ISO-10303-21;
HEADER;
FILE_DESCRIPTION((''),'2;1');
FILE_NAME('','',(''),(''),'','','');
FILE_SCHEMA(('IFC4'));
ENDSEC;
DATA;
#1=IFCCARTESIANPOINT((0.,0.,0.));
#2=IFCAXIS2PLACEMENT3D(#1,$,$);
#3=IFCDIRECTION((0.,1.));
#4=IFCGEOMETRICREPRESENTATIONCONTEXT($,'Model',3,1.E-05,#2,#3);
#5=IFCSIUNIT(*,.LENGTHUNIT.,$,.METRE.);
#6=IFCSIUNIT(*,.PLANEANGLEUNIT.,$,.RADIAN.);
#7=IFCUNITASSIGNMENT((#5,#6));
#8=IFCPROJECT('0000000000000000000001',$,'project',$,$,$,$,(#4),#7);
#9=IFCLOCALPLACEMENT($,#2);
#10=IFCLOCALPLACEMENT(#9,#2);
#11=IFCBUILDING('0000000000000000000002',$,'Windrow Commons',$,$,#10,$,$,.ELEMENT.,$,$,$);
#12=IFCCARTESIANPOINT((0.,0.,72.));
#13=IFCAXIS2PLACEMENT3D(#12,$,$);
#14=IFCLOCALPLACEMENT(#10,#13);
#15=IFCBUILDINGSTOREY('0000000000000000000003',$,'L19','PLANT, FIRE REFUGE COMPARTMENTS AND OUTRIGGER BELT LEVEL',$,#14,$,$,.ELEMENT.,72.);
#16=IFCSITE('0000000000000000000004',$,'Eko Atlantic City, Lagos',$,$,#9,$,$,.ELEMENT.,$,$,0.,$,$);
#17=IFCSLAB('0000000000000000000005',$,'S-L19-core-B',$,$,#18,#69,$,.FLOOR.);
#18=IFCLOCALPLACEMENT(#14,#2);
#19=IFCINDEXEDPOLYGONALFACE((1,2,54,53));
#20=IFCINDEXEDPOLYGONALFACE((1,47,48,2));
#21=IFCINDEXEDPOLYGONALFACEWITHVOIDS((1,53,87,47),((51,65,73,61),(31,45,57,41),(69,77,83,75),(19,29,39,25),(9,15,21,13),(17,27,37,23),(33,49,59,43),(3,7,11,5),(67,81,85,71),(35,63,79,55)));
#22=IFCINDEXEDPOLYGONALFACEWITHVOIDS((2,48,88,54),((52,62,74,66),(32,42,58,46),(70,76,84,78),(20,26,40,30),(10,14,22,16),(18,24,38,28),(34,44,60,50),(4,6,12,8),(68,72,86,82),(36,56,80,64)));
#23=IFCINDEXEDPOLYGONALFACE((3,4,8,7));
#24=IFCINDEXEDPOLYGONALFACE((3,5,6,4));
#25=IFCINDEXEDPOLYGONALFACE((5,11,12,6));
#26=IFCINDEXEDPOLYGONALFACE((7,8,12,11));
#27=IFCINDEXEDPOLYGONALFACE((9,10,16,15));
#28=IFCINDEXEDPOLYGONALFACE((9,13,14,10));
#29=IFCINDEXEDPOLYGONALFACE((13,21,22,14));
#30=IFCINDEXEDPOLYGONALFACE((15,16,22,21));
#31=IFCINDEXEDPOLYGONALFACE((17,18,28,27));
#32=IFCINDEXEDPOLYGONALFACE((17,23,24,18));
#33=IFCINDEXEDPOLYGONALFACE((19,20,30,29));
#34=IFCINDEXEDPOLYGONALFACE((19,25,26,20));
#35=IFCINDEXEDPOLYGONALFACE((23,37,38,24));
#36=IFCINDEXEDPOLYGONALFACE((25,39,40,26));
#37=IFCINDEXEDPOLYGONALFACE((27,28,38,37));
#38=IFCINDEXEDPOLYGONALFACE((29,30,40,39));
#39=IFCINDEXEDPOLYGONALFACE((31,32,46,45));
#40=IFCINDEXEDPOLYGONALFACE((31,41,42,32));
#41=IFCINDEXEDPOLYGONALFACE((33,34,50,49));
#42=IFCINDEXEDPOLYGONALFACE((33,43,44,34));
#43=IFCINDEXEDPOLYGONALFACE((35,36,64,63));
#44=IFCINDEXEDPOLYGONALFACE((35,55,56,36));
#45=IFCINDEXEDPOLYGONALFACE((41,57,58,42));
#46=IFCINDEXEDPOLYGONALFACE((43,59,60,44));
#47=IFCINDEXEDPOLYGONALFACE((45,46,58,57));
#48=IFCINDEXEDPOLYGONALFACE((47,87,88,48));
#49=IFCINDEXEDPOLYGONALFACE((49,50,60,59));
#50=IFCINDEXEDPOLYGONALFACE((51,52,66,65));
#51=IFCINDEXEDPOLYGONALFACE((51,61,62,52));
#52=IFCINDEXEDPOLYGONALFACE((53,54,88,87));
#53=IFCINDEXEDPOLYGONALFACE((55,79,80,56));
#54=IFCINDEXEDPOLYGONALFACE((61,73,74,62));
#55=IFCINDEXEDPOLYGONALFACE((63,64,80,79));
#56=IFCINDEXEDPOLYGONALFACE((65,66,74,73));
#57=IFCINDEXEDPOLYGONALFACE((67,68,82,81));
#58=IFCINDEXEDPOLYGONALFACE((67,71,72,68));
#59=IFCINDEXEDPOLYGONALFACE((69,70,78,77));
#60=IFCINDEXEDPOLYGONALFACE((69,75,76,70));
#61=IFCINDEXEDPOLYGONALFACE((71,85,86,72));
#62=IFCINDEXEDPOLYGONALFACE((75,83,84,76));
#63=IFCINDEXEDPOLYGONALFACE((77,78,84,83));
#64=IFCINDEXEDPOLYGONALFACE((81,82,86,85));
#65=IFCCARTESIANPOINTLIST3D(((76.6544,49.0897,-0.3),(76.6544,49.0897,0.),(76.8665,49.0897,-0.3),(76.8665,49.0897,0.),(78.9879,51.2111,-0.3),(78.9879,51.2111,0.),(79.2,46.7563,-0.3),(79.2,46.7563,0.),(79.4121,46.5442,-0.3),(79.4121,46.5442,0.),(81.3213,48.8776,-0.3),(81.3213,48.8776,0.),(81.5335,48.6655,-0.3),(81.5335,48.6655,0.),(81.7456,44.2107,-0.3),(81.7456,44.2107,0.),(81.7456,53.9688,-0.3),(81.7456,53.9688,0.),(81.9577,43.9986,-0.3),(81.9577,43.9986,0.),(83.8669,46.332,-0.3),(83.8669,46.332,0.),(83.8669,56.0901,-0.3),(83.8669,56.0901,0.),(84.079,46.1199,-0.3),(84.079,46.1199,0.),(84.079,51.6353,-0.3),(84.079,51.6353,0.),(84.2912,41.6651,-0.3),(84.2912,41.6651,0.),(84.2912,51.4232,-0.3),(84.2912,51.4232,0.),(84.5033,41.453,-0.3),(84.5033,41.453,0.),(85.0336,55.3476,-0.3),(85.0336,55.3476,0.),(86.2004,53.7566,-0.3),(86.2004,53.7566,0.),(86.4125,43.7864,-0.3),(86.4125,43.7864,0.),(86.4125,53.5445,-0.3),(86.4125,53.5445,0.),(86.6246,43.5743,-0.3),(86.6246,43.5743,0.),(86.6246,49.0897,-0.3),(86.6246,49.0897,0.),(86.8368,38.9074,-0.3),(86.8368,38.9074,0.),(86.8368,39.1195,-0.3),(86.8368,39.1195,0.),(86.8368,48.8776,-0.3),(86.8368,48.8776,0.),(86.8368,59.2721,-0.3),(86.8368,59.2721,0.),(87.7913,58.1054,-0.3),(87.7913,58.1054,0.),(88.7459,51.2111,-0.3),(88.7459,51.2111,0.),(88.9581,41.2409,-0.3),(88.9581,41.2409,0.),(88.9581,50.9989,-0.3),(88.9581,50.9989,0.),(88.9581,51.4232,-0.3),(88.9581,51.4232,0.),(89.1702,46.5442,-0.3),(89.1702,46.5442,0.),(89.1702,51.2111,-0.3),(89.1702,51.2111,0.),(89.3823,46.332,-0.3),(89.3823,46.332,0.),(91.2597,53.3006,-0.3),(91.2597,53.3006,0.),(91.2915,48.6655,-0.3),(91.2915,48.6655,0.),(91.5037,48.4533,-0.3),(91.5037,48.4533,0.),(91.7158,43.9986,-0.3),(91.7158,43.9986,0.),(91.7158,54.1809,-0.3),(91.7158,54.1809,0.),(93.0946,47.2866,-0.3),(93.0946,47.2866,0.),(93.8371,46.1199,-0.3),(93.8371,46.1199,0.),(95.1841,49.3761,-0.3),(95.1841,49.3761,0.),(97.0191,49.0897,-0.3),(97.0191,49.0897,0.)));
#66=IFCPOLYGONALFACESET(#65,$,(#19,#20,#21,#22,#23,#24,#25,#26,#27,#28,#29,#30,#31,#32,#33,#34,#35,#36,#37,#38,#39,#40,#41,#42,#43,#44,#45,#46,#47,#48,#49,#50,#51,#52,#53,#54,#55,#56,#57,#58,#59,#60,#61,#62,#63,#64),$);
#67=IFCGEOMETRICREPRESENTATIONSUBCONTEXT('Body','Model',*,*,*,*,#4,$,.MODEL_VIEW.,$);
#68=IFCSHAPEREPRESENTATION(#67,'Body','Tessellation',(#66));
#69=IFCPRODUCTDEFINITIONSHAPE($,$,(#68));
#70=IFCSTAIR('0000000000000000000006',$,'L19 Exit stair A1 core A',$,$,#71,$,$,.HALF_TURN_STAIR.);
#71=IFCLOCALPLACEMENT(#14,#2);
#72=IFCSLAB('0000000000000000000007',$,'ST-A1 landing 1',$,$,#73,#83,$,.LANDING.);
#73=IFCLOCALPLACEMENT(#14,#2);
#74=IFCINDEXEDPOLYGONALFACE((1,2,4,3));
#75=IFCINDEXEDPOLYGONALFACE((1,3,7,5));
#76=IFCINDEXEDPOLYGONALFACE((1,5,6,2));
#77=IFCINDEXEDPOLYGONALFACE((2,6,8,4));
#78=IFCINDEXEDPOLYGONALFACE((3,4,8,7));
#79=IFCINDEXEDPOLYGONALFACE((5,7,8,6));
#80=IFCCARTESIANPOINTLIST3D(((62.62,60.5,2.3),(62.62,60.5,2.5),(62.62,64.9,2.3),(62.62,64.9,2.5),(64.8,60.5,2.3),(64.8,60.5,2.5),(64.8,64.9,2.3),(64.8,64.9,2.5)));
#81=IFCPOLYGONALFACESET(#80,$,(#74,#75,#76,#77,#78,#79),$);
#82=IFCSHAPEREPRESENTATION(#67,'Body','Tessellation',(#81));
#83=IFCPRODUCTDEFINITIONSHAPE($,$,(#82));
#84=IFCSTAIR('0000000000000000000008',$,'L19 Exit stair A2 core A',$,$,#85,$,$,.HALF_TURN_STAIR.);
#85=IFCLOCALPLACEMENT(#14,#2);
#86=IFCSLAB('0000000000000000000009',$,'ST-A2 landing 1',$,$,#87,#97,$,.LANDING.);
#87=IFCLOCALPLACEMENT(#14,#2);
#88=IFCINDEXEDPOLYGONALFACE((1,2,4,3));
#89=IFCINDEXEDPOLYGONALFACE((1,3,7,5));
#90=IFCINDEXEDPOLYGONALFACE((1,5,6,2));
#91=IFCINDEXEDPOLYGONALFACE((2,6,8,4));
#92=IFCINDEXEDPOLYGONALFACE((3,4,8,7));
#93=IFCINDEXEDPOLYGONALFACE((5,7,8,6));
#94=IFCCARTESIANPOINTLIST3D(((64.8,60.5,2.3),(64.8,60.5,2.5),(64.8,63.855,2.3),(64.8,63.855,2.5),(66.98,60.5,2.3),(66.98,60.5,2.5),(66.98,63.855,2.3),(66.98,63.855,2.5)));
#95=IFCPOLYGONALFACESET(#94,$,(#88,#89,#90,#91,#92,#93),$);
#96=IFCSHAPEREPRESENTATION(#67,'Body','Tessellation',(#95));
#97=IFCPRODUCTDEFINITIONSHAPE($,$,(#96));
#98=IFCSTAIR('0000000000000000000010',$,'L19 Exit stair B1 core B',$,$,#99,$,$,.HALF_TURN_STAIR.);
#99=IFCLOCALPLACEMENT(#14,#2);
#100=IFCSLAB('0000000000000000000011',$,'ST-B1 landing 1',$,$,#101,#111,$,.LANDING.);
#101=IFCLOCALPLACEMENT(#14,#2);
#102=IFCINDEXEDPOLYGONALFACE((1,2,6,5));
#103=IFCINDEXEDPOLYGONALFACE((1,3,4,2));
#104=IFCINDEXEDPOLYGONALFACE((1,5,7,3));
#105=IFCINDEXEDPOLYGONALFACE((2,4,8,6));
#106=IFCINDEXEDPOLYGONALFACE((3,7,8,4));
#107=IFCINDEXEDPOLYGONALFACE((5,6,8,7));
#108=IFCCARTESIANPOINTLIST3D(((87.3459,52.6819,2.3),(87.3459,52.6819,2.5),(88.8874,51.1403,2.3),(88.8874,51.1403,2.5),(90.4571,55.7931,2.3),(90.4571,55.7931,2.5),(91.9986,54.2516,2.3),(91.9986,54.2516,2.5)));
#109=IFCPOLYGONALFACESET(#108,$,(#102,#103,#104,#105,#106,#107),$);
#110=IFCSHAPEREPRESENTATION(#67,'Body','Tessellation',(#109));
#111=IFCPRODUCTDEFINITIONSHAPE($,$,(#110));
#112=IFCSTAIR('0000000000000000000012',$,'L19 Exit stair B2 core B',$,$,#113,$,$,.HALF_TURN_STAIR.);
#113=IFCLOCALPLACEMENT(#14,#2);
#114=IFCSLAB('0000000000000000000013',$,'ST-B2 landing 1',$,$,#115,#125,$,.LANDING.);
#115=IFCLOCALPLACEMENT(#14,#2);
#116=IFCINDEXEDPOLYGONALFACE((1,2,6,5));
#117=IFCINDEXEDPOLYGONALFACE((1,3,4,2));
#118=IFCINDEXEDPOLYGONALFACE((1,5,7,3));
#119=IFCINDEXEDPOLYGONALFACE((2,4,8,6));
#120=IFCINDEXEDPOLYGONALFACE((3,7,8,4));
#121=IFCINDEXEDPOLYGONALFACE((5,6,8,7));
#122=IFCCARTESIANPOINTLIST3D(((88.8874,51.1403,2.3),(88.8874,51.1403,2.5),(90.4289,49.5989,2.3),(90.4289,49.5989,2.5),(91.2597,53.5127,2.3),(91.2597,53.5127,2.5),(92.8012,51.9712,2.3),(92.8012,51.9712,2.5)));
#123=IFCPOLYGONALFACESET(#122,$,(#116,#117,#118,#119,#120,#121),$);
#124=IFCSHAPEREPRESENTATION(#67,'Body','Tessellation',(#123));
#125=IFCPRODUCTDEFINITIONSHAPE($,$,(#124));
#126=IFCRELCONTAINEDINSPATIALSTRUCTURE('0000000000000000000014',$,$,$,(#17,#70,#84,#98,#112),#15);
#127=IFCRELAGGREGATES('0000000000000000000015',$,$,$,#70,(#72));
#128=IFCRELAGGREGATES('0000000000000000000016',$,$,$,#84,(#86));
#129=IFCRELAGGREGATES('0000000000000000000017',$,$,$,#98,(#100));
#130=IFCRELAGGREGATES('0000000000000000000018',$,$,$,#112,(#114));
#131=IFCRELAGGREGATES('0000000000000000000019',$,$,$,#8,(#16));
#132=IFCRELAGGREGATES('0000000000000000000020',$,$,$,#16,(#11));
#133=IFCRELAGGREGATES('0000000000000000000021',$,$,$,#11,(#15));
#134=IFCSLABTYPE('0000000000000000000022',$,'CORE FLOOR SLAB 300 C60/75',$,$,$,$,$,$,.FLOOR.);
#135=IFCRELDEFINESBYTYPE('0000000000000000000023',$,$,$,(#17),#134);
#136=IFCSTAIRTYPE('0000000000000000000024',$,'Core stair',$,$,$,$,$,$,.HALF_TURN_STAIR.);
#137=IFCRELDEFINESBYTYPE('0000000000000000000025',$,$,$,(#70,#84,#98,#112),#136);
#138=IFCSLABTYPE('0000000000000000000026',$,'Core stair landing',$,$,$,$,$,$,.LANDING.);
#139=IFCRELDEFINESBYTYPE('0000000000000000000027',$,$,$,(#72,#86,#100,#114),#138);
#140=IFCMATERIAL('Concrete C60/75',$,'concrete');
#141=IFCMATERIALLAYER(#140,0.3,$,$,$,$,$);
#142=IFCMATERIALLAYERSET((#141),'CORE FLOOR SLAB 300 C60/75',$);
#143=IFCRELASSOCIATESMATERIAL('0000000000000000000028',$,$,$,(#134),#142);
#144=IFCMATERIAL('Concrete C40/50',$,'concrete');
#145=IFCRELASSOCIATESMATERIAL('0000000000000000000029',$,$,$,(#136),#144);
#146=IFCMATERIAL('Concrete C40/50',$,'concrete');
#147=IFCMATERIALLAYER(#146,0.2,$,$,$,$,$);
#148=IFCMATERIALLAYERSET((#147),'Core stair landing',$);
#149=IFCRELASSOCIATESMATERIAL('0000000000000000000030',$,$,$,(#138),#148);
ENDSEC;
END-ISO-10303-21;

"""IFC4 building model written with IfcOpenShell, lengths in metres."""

from ifc_helpers import new_model, si_unit, direction, frame, origin, place, context, subcontext, project, spatial, polyline, outline, extrude, material, layer, layer_set, type_object, element, aggregate, save


model = new_model("IFC4")

# Units and contexts
model_context = context("Model", 3, precision=1e-05, world=origin(), true_north=direction((0.0, 1.0)))
body_context = subcontext(model_context, "Body", "Model", "MODEL_VIEW")
ifc_project = project(units=[si_unit("LENGTHUNIT", "METRE"), si_unit("PLANEANGLEUNIT", "RADIAN")], contexts=[model_context])

# Site, building, storey
site_placement = place(None, origin())
site = spatial("IfcSite", under=ifc_project, at=site_placement, Name="Eko Atlantic City, Lagos", CompositionType="ELEMENT", RefElevation=0.0)
building_placement = place(site_placement, origin())
building = spatial("IfcBuilding", under=site, at=building_placement, Name="Windrow Commons", CompositionType="ELEMENT")
storey_placement = place(building_placement, frame((0.0, 0.0, 72.0)))
storey = spatial("IfcBuildingStorey", under=building, at=storey_placement, Name="L19", Description="PLANT, FIRE REFUGE COMPARTMENTS AND OUTRIGGER BELT LEVEL", CompositionType="ELEMENT", Elevation=72.0)

# Slab, openings
ifc_material_1 = material(Name="Concrete C60/75", Category="concrete")
ifc_layer_1 = layer(ifc_material_1, 0.3)
ifc_layer_set_1 = layer_set([ifc_layer_1], Name="CORE FLOOR SLAB 300 C60/75")
slab_type_1 = type_object("IfcSlabType", Name="CORE FLOOR SLAB 300 C60/75", PredefinedType="FLOOR", material=ifc_layer_set_1)
placement_1 = place(storey_placement, frame((0.0, 0.0, -0.3)))
slab_1 = element("IfcSlab", 1, at=placement_1, inside=storey, type_object=slab_type_1, Name="S-L19-core-B", PredefinedType="FLOOR", context=body_context, shape_type="SweptSolid", body=[
    extrude(outline(polyline([(76.6544, 49.0897), (86.8368, 38.9074), (97.0191, 49.0897), (86.8368, 59.2721), (76.6544, 49.0897)]), holes=[polyline([(76.8665, 49.0897), (79.2, 46.7563), (81.3213, 48.8776), (78.9879, 51.2111), (76.8665, 49.0897)]), polyline([(79.4121, 46.5442), (81.7456, 44.2107), (83.8669, 46.332), (81.5335, 48.6655), (79.4121, 46.5442)]), polyline([(81.9577, 43.9986), (84.2912, 41.6651), (86.4125, 43.7864), (84.079, 46.1199), (81.9577, 43.9986)]), polyline([(84.5033, 41.453), (86.8368, 39.1195), (88.9581, 41.2409), (86.6246, 43.5743), (84.5033, 41.453)]), polyline([(81.7456, 53.9688), (84.079, 51.6353), (86.2004, 53.7566), (83.8669, 56.0901), (81.7456, 53.9688)]), polyline([(84.2912, 51.4232), (86.6246, 49.0897), (88.7459, 51.2111), (86.4125, 53.5445), (84.2912, 51.4232)]), polyline([(86.8368, 48.8776), (89.1702, 46.5442), (91.2915, 48.6655), (88.9581, 50.9989), (86.8368, 48.8776)]), polyline([(89.3823, 46.332), (91.7158, 43.9986), (93.8371, 46.1199), (91.5037, 48.4533), (89.3823, 46.332)]), polyline([(85.0336, 55.3476), (88.9581, 51.4232), (91.7158, 54.1809), (87.7913, 58.1054), (85.0336, 55.3476)]), polyline([(89.1702, 51.2111), (93.0946, 47.2866), (95.1841, 49.3761), (91.2597, 53.3006), (89.1702, 51.2111)])]), origin(), (0.0, 0.0, 1.0), 0.3),
])
opening_1_placement = place(placement_1, origin())
element("IfcOpeningElement", 2, at=opening_1_placement, cuts=slab_1, PredefinedType="OPENING", context=body_context, shape_type="SweptSolid", body=[
    extrude(outline(polyline([(76.8736, 49.0897), (78.9879, 51.204), (81.3142, 48.8776), (79.2, 46.7634), (76.8736, 49.0897)])), origin(), (0.0, 0.0, 1.0), 0.3),
])
opening_2_placement = place(placement_1, origin())
element("IfcOpeningElement", 3, at=opening_2_placement, cuts=slab_1, PredefinedType="OPENING", context=body_context, shape_type="SweptSolid", body=[
    extrude(outline(polyline([(79.4192, 46.5442), (81.5335, 48.6584), (83.8598, 46.332), (81.7456, 44.2178), (79.4192, 46.5442)])), origin(), (0.0, 0.0, 1.0), 0.3),
])
opening_3_placement = place(placement_1, origin())
element("IfcOpeningElement", 4, at=opening_3_placement, cuts=slab_1, PredefinedType="OPENING", context=body_context, shape_type="SweptSolid", body=[
    extrude(outline(polyline([(81.9648, 43.9986), (84.079, 46.1128), (86.4054, 43.7864), (84.2912, 41.6722), (81.9648, 43.9986)])), origin(), (0.0, 0.0, 1.0), 0.3),
])
opening_4_placement = place(placement_1, origin())
element("IfcOpeningElement", 5, at=opening_4_placement, cuts=slab_1, PredefinedType="OPENING", context=body_context, shape_type="SweptSolid", body=[
    extrude(outline(polyline([(84.5104, 41.453), (86.6246, 43.5672), (88.951, 41.2409), (86.8368, 39.1266), (84.5104, 41.453)])), origin(), (0.0, 0.0, 1.0), 0.3),
])
opening_5_placement = place(placement_1, origin())
element("IfcOpeningElement", 6, at=opening_5_placement, cuts=slab_1, PredefinedType="OPENING", context=body_context, shape_type="SweptSolid", body=[
    extrude(outline(polyline([(81.7527, 53.9688), (83.8669, 56.083), (86.1933, 53.7566), (84.079, 51.6424), (81.7527, 53.9688)])), origin(), (0.0, 0.0, 1.0), 0.3),
])
opening_6_placement = place(placement_1, origin())
element("IfcOpeningElement", 7, at=opening_6_placement, cuts=slab_1, PredefinedType="OPENING", context=body_context, shape_type="SweptSolid", body=[
    extrude(outline(polyline([(84.2983, 51.4232), (86.4125, 53.5374), (88.7388, 51.2111), (86.6246, 49.0968), (84.2983, 51.4232)])), origin(), (0.0, 0.0, 1.0), 0.3),
])
opening_7_placement = place(placement_1, origin())
element("IfcOpeningElement", 8, at=opening_7_placement, cuts=slab_1, PredefinedType="OPENING", context=body_context, shape_type="SweptSolid", body=[
    extrude(outline(polyline([(86.8439, 48.8776), (88.9581, 50.9918), (91.2844, 48.6655), (89.1702, 46.5513), (86.8439, 48.8776)])), origin(), (0.0, 0.0, 1.0), 0.3),
])
opening_8_placement = place(placement_1, origin())
element("IfcOpeningElement", 9, at=opening_8_placement, cuts=slab_1, PredefinedType="OPENING", context=body_context, shape_type="SweptSolid", body=[
    extrude(outline(polyline([(89.3894, 46.332), (91.5037, 48.4462), (93.83, 46.1199), (91.7158, 44.0057), (89.3894, 46.332)])), origin(), (0.0, 0.0, 1.0), 0.3),
])
opening_9_placement = place(placement_1, origin())
element("IfcOpeningElement", 10, at=opening_9_placement, cuts=slab_1, PredefinedType="OPENING", context=body_context, shape_type="SweptSolid", body=[
    extrude(outline(polyline([(85.0407, 55.3476), (87.7913, 58.0983), (91.7087, 54.1809), (88.9581, 51.4303), (85.0407, 55.3476)])), origin(), (0.0, 0.0, 1.0), 0.3),
])
opening_10_placement = place(placement_1, origin())
element("IfcOpeningElement", 11, at=opening_10_placement, cuts=slab_1, PredefinedType="OPENING", context=body_context, shape_type="SweptSolid", body=[
    extrude(outline(polyline([(89.1773, 51.2111), (91.2597, 53.2935), (95.177, 49.3761), (93.0946, 47.2937), (89.1773, 51.2111)])), origin(), (0.0, 0.0, 1.0), 0.3),
])

# Stairs, slabs
ifc_material_2 = material(Name="Concrete C40/50", Category="concrete")
stair_type = type_object("IfcStairType", Name="Core stair", PredefinedType="HALF_TURN_STAIR", material=ifc_material_2)
placement_2 = place(storey_placement, origin())
stair_1 = element("IfcStair", 12, at=placement_2, inside=storey, type_object=stair_type, Name="L19 Exit stair A1 core A", PredefinedType="HALF_TURN_STAIR")
ifc_material_3 = material(Name="Concrete C40/50", Category="concrete")
ifc_layer_2 = layer(ifc_material_3, 0.2)
ifc_layer_set_2 = layer_set([ifc_layer_2], Name="Core stair landing")
slab_type_2 = type_object("IfcSlabType", Name="Core stair landing", PredefinedType="LANDING", material=ifc_layer_set_2)
placement_3 = place(storey_placement, frame((0.0, 0.0, 2.3)))
slab_2 = element("IfcSlab", 13, at=placement_3, type_object=slab_type_2, Name="ST-A1 landing 1", PredefinedType="LANDING", context=body_context, shape_type="SweptSolid", body=[
    extrude(outline(polyline([(62.62, 60.5), (64.8, 60.5), (64.8, 64.9), (62.62, 64.9), (62.62, 60.5)])), origin(), (0.0, 0.0, 1.0), 0.2),
])
aggregate(stair_1, [slab_2])
stair_2 = element("IfcStair", 14, at=placement_2, inside=storey, type_object=stair_type, Name="L19 Exit stair A2 core A", PredefinedType="HALF_TURN_STAIR")
slab_3 = element("IfcSlab", 15, at=placement_3, type_object=slab_type_2, Name="ST-A2 landing 1", PredefinedType="LANDING", context=body_context, shape_type="SweptSolid", body=[
    extrude(outline(polyline([(64.8, 60.5), (66.98, 60.5), (66.98, 63.855), (64.8, 63.855), (64.8, 60.5)])), origin(), (0.0, 0.0, 1.0), 0.2),
])
aggregate(stair_2, [slab_3])
stair_3 = element("IfcStair", 16, at=placement_2, inside=storey, type_object=stair_type, Name="L19 Exit stair B1 core B", PredefinedType="HALF_TURN_STAIR")
slab_4 = element("IfcSlab", 17, at=placement_3, type_object=slab_type_2, Name="ST-B1 landing 1", PredefinedType="LANDING", context=body_context, shape_type="SweptSolid", body=[
    extrude(outline(polyline([(87.3459, 52.6819), (88.8874, 51.1403), (91.9986, 54.2516), (90.4571, 55.7931), (87.3459, 52.6819)])), origin(), (0.0, 0.0, 1.0), 0.2),
])
aggregate(stair_3, [slab_4])
stair_4 = element("IfcStair", 18, at=placement_2, inside=storey, type_object=stair_type, Name="L19 Exit stair B2 core B", PredefinedType="HALF_TURN_STAIR")
slab_5 = element("IfcSlab", 19, at=placement_3, type_object=slab_type_2, Name="ST-B2 landing 1", PredefinedType="LANDING", context=body_context, shape_type="SweptSolid", body=[
    extrude(outline(polyline([(88.8874, 51.1403), (90.4289, 49.5989), (92.8012, 51.9712), (91.2597, 53.5127), (88.8874, 51.1403)])), origin(), (0.0, 0.0, 1.0), 0.2),
])
aggregate(stair_4, [slab_5])

save(model, "model.ifc")
